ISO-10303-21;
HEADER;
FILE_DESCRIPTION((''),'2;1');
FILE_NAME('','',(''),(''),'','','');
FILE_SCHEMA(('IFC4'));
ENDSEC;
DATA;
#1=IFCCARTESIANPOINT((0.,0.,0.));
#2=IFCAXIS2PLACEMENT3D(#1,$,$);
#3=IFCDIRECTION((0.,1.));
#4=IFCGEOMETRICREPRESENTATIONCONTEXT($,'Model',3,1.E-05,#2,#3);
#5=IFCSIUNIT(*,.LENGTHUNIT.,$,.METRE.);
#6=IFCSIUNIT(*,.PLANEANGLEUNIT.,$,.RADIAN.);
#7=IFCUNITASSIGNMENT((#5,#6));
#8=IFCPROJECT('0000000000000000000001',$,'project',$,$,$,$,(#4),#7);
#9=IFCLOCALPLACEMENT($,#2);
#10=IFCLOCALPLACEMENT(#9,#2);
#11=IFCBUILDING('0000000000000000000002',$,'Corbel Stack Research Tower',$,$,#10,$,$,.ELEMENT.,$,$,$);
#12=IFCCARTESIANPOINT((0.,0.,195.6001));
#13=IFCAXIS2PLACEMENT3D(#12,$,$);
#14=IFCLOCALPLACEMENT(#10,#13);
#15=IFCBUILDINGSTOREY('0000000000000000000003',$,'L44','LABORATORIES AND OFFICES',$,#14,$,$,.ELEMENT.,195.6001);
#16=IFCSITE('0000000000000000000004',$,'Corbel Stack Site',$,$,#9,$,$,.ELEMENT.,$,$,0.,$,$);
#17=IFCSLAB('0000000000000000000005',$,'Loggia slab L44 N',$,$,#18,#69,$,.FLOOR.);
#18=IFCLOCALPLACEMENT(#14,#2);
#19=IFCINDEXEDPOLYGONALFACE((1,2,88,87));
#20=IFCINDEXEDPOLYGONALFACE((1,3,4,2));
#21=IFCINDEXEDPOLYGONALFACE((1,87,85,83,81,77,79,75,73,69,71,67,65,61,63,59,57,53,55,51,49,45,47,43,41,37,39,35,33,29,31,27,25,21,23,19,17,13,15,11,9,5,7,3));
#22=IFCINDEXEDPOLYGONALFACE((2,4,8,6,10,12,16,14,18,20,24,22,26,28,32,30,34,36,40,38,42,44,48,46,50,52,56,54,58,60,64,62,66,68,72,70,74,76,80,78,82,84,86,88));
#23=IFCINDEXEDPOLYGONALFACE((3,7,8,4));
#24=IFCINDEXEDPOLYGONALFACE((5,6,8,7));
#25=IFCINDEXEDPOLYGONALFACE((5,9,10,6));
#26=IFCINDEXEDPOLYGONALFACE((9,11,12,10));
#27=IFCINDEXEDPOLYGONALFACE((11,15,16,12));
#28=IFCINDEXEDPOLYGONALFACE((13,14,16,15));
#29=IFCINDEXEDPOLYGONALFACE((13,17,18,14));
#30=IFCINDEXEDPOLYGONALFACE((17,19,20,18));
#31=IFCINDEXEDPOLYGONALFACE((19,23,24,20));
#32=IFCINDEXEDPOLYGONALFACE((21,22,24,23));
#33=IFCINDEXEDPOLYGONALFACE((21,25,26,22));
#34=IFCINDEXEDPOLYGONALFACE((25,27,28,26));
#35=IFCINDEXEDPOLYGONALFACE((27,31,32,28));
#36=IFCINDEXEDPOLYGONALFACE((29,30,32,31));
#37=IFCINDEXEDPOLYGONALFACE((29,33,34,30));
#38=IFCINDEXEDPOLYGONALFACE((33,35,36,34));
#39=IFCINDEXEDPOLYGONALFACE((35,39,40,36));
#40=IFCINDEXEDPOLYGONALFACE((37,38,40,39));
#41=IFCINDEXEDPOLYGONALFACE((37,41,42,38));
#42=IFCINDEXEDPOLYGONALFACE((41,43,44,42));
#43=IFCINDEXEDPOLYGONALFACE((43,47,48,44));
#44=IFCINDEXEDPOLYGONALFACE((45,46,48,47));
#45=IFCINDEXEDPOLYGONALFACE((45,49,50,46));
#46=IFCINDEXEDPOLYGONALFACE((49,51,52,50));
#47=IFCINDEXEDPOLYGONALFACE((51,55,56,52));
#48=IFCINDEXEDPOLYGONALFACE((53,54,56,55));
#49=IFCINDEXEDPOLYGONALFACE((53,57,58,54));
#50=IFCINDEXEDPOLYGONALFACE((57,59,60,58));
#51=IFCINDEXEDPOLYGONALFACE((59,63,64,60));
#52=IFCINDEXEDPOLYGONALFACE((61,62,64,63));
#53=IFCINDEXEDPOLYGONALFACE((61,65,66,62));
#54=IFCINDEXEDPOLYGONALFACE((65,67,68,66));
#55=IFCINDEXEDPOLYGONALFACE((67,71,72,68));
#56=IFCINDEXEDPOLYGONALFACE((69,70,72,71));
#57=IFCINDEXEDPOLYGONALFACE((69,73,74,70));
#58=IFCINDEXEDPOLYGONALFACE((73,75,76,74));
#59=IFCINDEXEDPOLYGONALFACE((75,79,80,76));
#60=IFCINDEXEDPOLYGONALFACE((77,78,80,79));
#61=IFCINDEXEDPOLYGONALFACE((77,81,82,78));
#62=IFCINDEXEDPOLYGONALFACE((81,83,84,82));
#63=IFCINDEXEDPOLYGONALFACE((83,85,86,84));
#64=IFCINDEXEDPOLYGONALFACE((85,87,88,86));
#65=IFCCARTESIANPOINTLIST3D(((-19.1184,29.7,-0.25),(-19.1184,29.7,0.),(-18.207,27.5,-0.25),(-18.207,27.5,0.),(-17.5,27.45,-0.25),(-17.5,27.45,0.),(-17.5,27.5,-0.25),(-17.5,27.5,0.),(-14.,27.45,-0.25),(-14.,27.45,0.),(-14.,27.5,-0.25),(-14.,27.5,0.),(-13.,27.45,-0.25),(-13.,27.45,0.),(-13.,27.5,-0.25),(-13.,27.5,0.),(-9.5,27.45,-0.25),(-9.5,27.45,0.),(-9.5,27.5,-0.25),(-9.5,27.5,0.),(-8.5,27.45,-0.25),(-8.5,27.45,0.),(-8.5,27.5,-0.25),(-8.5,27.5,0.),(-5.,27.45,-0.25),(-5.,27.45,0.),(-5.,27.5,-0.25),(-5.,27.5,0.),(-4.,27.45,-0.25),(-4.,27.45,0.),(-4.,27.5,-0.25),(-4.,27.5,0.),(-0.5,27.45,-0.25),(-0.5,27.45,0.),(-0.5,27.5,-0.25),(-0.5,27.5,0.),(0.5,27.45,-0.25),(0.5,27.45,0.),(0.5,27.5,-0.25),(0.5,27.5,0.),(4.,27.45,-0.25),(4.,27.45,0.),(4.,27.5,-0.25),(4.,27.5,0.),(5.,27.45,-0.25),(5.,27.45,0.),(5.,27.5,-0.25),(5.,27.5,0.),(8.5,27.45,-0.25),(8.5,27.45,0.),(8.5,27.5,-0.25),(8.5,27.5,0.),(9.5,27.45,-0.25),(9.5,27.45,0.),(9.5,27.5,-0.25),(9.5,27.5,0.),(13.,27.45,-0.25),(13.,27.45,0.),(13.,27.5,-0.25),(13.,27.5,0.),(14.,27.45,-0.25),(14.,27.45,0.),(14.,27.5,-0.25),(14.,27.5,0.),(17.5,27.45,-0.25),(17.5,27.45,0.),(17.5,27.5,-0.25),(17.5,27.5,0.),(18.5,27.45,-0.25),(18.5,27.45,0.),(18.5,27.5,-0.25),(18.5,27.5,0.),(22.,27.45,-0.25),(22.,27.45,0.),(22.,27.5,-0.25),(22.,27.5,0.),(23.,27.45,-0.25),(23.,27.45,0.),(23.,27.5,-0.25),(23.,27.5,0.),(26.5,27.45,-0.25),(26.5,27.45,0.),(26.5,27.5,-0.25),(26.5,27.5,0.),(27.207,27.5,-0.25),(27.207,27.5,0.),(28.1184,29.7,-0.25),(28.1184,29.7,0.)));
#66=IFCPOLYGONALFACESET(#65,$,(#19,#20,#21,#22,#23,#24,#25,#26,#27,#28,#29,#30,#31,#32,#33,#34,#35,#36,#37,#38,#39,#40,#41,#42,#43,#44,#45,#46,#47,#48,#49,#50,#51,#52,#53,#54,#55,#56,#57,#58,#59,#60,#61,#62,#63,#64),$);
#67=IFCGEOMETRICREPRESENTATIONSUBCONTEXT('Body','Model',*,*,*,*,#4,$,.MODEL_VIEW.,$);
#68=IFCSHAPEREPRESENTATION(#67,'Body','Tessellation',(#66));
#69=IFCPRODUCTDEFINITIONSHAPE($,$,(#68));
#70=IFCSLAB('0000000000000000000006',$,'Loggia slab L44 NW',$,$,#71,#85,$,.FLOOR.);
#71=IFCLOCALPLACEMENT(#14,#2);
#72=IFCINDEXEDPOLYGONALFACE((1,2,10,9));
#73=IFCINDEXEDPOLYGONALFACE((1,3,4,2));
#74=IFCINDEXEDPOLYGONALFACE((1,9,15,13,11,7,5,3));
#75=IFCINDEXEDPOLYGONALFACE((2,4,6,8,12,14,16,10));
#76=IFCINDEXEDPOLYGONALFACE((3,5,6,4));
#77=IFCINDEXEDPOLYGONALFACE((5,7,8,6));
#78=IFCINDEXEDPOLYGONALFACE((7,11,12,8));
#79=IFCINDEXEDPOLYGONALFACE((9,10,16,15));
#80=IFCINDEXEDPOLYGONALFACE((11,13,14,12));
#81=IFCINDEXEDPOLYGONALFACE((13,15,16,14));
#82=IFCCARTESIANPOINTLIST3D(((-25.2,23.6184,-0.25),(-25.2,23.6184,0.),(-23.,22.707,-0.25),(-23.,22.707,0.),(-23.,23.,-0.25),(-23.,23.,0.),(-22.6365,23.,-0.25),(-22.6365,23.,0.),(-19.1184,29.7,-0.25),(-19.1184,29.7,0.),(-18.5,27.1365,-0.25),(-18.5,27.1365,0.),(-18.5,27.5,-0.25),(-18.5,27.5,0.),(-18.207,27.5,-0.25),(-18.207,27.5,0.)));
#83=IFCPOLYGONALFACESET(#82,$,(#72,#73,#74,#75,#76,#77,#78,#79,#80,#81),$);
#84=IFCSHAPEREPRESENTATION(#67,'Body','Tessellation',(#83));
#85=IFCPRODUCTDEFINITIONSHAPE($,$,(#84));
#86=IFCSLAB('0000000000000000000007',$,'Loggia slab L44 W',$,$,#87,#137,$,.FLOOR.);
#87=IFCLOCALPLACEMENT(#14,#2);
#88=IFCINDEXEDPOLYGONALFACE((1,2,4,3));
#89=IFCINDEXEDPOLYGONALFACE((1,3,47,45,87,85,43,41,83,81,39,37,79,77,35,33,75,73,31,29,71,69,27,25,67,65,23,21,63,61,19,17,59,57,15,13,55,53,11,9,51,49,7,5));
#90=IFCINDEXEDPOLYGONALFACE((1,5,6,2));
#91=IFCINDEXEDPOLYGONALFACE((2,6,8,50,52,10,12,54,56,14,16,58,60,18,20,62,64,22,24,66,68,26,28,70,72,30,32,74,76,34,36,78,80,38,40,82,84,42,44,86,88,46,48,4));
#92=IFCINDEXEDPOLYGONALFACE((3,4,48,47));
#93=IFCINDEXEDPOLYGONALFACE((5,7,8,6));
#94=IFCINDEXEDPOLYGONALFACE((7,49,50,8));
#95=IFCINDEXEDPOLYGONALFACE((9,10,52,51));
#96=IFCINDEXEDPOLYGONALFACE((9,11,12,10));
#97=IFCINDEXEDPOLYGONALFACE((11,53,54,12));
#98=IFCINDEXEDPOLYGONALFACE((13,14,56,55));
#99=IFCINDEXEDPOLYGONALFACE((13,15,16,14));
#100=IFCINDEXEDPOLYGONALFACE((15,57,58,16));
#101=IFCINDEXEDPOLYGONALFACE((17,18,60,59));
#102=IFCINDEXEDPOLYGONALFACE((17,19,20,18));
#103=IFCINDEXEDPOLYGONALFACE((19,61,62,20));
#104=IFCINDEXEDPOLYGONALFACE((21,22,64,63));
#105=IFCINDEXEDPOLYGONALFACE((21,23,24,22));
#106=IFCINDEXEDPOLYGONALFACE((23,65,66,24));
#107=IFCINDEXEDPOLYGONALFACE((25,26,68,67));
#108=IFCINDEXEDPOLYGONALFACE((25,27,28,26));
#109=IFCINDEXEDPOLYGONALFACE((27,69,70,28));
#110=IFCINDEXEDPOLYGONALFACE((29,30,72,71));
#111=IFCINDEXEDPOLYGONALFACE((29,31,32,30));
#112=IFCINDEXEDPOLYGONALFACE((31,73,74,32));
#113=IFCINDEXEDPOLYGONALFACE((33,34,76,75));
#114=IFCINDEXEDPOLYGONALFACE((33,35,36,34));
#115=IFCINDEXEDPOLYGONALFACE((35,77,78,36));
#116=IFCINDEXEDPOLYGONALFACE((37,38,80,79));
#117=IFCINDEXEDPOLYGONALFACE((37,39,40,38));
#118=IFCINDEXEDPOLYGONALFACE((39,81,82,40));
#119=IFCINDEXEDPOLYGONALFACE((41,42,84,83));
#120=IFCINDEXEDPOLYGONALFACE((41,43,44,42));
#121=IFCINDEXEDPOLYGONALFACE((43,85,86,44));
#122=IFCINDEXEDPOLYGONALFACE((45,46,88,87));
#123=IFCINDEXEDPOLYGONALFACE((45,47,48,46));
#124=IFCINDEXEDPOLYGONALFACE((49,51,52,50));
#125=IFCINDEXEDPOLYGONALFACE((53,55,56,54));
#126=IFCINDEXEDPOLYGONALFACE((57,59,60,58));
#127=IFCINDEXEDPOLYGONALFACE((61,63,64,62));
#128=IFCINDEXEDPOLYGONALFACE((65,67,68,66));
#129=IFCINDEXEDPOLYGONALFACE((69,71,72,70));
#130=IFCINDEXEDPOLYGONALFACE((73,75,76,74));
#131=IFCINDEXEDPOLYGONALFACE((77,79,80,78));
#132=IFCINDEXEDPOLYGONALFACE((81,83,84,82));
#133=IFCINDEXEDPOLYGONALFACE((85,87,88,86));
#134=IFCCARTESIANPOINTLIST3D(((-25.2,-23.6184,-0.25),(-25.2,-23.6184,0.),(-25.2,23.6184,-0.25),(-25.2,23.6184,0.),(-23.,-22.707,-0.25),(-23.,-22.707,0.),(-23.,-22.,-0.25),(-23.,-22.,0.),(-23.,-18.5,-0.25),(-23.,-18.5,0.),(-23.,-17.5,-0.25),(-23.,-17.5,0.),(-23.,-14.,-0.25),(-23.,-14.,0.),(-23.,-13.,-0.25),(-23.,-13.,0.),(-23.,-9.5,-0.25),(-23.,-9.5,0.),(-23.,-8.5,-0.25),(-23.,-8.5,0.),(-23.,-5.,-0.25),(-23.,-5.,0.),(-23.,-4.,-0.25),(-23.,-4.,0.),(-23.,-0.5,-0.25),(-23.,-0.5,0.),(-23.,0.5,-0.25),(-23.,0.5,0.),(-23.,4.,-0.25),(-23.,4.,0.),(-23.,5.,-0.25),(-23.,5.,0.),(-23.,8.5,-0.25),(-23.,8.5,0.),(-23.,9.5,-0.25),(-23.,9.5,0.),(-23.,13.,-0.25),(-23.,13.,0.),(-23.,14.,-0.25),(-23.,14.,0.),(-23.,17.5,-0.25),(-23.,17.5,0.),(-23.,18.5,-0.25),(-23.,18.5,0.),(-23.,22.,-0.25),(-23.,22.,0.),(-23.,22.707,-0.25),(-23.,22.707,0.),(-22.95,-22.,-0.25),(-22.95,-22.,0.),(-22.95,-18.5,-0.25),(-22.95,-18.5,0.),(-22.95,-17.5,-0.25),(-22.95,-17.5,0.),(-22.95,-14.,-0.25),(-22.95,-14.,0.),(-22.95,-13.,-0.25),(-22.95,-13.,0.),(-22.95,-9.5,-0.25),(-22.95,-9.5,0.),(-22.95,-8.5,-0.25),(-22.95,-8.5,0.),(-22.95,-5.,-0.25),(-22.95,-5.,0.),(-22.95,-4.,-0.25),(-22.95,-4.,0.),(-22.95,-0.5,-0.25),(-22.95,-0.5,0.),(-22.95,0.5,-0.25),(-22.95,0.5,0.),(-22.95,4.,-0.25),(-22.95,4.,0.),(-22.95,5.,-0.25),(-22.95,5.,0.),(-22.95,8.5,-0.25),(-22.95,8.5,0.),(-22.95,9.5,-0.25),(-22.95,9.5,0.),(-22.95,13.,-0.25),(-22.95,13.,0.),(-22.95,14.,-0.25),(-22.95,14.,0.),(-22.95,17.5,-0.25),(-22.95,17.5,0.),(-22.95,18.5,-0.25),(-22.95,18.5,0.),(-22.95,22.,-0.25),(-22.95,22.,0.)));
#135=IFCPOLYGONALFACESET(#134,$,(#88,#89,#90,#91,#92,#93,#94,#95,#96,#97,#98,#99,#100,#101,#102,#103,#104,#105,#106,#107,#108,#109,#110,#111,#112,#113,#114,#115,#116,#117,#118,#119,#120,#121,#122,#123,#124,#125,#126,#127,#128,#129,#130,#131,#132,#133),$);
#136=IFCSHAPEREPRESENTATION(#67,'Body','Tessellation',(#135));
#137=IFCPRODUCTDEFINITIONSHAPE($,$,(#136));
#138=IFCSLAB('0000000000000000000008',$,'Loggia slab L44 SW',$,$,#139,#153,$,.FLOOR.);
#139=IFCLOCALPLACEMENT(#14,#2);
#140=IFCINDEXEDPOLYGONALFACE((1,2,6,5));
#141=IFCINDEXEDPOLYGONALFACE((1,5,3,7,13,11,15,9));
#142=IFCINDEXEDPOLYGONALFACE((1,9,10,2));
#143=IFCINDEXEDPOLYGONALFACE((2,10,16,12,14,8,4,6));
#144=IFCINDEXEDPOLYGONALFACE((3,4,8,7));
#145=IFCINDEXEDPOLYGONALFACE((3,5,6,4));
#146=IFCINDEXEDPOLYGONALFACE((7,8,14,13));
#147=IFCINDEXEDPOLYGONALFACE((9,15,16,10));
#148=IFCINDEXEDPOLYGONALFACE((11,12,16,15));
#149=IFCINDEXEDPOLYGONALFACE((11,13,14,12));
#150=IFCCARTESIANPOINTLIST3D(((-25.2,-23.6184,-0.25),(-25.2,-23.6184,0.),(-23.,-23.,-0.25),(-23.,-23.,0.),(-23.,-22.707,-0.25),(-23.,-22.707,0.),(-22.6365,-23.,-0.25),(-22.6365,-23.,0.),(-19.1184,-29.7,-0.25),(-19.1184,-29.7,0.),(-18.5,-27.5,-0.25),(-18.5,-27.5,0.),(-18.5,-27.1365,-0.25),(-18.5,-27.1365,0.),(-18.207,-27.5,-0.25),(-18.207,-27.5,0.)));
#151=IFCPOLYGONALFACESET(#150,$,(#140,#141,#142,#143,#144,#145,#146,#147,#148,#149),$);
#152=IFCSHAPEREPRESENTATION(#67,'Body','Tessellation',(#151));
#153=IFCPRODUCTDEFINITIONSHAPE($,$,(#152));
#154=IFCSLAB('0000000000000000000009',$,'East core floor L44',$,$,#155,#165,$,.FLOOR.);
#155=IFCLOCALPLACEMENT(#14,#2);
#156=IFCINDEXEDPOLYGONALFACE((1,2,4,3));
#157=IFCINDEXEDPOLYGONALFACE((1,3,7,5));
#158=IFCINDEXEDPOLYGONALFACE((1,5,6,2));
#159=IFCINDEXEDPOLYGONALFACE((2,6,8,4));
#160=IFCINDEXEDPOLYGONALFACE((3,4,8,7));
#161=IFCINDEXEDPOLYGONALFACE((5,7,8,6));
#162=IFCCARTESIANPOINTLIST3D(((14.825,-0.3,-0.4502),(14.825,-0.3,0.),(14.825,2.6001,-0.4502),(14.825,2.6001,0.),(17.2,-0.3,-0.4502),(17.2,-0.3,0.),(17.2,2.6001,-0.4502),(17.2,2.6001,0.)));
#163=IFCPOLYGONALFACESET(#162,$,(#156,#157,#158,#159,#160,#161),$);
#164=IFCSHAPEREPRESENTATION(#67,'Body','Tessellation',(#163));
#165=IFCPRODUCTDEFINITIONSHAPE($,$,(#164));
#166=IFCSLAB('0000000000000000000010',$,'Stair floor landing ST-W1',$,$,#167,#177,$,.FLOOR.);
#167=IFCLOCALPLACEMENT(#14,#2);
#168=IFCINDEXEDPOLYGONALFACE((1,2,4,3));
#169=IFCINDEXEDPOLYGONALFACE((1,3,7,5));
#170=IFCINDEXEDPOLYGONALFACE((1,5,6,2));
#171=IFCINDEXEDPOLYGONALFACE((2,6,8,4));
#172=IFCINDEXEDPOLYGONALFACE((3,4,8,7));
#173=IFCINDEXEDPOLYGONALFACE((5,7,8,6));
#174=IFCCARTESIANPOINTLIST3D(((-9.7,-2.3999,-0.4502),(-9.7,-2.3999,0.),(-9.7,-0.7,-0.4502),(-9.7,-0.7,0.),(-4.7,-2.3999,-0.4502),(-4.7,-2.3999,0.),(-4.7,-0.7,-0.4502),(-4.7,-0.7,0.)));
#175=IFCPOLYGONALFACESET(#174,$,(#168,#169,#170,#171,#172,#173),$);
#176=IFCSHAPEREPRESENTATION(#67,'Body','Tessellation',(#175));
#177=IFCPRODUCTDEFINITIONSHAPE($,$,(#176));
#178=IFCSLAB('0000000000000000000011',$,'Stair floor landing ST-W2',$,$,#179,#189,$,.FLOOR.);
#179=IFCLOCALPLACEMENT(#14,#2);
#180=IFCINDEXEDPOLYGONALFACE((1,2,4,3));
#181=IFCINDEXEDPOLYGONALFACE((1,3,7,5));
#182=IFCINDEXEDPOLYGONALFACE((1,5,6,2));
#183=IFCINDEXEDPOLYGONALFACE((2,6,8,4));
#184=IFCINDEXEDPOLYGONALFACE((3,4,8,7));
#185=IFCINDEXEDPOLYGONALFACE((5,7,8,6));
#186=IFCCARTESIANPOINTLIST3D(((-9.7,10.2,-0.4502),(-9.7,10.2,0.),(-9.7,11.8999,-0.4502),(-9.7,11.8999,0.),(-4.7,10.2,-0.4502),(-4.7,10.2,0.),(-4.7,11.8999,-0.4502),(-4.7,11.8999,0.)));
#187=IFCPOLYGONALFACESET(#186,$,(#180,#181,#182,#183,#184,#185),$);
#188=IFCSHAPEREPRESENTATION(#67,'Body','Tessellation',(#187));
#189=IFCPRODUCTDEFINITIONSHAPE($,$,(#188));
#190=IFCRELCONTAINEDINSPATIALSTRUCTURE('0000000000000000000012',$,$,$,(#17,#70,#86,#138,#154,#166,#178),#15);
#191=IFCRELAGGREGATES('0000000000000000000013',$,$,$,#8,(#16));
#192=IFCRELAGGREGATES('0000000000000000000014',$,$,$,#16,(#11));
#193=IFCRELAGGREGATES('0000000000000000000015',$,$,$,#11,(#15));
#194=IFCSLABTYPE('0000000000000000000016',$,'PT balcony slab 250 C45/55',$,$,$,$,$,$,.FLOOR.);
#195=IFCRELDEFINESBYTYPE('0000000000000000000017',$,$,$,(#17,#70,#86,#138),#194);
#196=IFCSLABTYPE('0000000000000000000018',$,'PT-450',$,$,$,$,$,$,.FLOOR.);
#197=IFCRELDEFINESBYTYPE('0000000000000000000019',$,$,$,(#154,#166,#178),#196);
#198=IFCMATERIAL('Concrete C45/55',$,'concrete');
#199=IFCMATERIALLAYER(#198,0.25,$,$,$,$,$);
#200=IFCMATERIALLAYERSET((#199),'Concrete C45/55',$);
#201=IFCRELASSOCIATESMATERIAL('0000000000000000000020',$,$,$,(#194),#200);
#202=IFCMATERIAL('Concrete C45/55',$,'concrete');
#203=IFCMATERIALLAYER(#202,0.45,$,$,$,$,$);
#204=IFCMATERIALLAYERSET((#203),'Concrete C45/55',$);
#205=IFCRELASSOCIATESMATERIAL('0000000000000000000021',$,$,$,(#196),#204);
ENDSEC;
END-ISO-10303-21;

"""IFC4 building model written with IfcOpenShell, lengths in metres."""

from ifc_helpers import new_model, si_unit, direction, frame, origin, place, context, subcontext, project, spatial, polyline, outline, extrude, material, layer, layer_set, type_object, element, save


model = new_model("IFC4")

# Units and contexts
model_context = context("Model", 3, precision=1e-05, world=origin(), true_north=direction((0.0, 1.0)))
body_context = subcontext(model_context, "Body", "Model", "MODEL_VIEW")
ifc_project = project(units=[si_unit("LENGTHUNIT", "METRE"), si_unit("PLANEANGLEUNIT", "RADIAN")], contexts=[model_context])

# Site, building, storey
site_placement = place(None, origin())
site = spatial("IfcSite", under=ifc_project, at=site_placement, Name="Corbel Stack Site", CompositionType="ELEMENT", RefElevation=0.0)
building_placement = place(site_placement, origin())
building = spatial("IfcBuilding", under=site, at=building_placement, Name="Corbel Stack Research Tower", CompositionType="ELEMENT")
storey_placement = place(building_placement, frame((0.0, 0.0, 195.6001)))
storey = spatial("IfcBuildingStorey", under=building, at=storey_placement, Name="L44", Description="LABORATORIES AND OFFICES", CompositionType="ELEMENT", Elevation=195.6001)

# Slabs
ifc_material_1 = material(Name="Concrete C45/55", Category="concrete")
ifc_layer_1 = layer(ifc_material_1, 0.25)
ifc_layer_set_1 = layer_set([ifc_layer_1], Name="Concrete C45/55")
slab_type_1 = type_object("IfcSlabType", Name="PT balcony slab 250 C45/55", PredefinedType="FLOOR", material=ifc_layer_set_1)
slab_1_placement = place(storey_placement, frame((0.0, 0.0, -0.25)))
element("IfcSlab", 1, at=slab_1_placement, inside=storey, type_object=slab_type_1, Name="Loggia slab L44 N", PredefinedType="FLOOR", context=body_context, shape_type="SweptSolid", body=[
    extrude(outline(polyline([(-18.207, 27.5), (-17.5, 27.5), (-17.5, 27.45), (-14.0, 27.45), (-14.0, 27.5), (-13.0, 27.5), (-13.0, 27.45), (-9.5, 27.45), (-9.5, 27.5), (-8.5, 27.5), (-8.5, 27.45), (-5.0, 27.45), (-5.0, 27.5), (-4.0, 27.5), (-4.0, 27.45), (-0.5, 27.45), (-0.5, 27.5), (0.5, 27.5), (0.5, 27.45), (4.0, 27.45), (4.0, 27.5), (5.0, 27.5), (5.0, 27.45), (8.5, 27.45), (8.5, 27.5), (9.5, 27.5), (9.5, 27.45), (13.0, 27.45), (13.0, 27.5), (14.0, 27.5), (14.0, 27.45), (17.5, 27.45), (17.5, 27.5), (18.5, 27.5), (18.5, 27.45), (22.0, 27.45), (22.0, 27.5), (23.0, 27.5), (23.0, 27.45), (26.5, 27.45), (26.5, 27.5), (27.207, 27.5), (28.1184, 29.7), (-19.1184, 29.7), (-18.207, 27.5)])), origin(), (0.0, 0.0, 1.0), 0.25),
])
slab_2_placement = place(storey_placement, frame((0.0, 0.0, -0.25)))
element("IfcSlab", 2, at=slab_2_placement, inside=storey, type_object=slab_type_1, Name="Loggia slab L44 NW", PredefinedType="FLOOR", context=body_context, shape_type="SweptSolid", body=[
    extrude(outline(polyline([(-23.0, 22.707), (-23.0, 23.0), (-22.6365, 23.0), (-18.5, 27.1365), (-18.5, 27.5), (-18.207, 27.5), (-19.1184, 29.7), (-25.2, 23.6184), (-23.0, 22.707)])), origin(), (0.0, 0.0, 1.0), 0.25),
])
slab_3_placement = place(storey_placement, frame((0.0, 0.0, -0.25)))
element("IfcSlab", 3, at=slab_3_placement, inside=storey, type_object=slab_type_1, Name="Loggia slab L44 W", PredefinedType="FLOOR", context=body_context, shape_type="SweptSolid", body=[
    extrude(outline(polyline([(-23.0, -22.707), (-23.0, -22.0), (-22.95, -22.0), (-22.95, -18.5), (-23.0, -18.5), (-23.0, -17.5), (-22.95, -17.5), (-22.95, -14.0), (-23.0, -14.0), (-23.0, -13.0), (-22.95, -13.0), (-22.95, -9.5), (-23.0, -9.5), (-23.0, -8.5), (-22.95, -8.5), (-22.95, -5.0), (-23.0, -5.0), (-23.0, -4.0), (-22.95, -4.0), (-22.95, -0.5), (-23.0, -0.5), (-23.0, 0.5), (-22.95, 0.5), (-22.95, 4.0), (-23.0, 4.0), (-23.0, 5.0), (-22.95, 5.0), (-22.95, 8.5), (-23.0, 8.5), (-23.0, 9.5), (-22.95, 9.5), (-22.95, 13.0), (-23.0, 13.0), (-23.0, 14.0), (-22.95, 14.0), (-22.95, 17.5), (-23.0, 17.5), (-23.0, 18.5), (-22.95, 18.5), (-22.95, 22.0), (-23.0, 22.0), (-23.0, 22.707), (-25.2, 23.6184), (-25.2, -23.6184), (-23.0, -22.707)])), origin(), (0.0, 0.0, 1.0), 0.25),
])
slab_4_placement = place(storey_placement, frame((0.0, 0.0, -0.25)))
element("IfcSlab", 4, at=slab_4_placement, inside=storey, type_object=slab_type_1, Name="Loggia slab L44 SW", PredefinedType="FLOOR", context=body_context, shape_type="SweptSolid", body=[
    extrude(outline(polyline([(-18.207, -27.5), (-18.5, -27.5), (-18.5, -27.1365), (-22.6365, -23.0), (-23.0, -23.0), (-23.0, -22.707), (-25.2, -23.6184), (-19.1184, -29.7), (-18.207, -27.5)])), origin(), (0.0, 0.0, 1.0), 0.25),
])
ifc_material_2 = material(Name="Concrete C45/55", Category="concrete")
ifc_layer_2 = layer(ifc_material_2, 0.45)
ifc_layer_set_2 = layer_set([ifc_layer_2], Name="Concrete C45/55")
slab_type_2 = type_object("IfcSlabType", Name="PT-450", PredefinedType="FLOOR", material=ifc_layer_set_2)
slab_5_placement = place(storey_placement, frame((0.0, 0.0, -0.4502)))
element("IfcSlab", 5, at=slab_5_placement, inside=storey, type_object=slab_type_2, Name="East core floor L44", PredefinedType="FLOOR", context=body_context, shape_type="SweptSolid", body=[
    extrude(outline(polyline([(17.2, -0.3), (17.2, 2.6001), (14.825, 2.6001), (14.825, -0.3), (17.2, -0.3)])), origin(), (0.0, 0.0, 1.0), 0.4502),
])
slab_6_placement = place(storey_placement, frame((0.0, 0.0, -0.4502)))
element("IfcSlab", 6, at=slab_6_placement, inside=storey, type_object=slab_type_2, Name="Stair floor landing ST-W1", PredefinedType="FLOOR", context=body_context, shape_type="SweptSolid", body=[
    extrude(outline(polyline([(-9.7, -2.3999), (-4.7, -2.3999), (-4.7, -0.7), (-9.7, -0.7), (-9.7, -2.3999)])), origin(), (0.0, 0.0, 1.0), 0.4502),
])
slab_7_placement = place(storey_placement, frame((0.0, 0.0, -0.4502)))
element("IfcSlab", 7, at=slab_7_placement, inside=storey, type_object=slab_type_2, Name="Stair floor landing ST-W2", PredefinedType="FLOOR", context=body_context, shape_type="SweptSolid", body=[
    extrude(outline(polyline([(-9.7, 10.2), (-4.7, 10.2), (-4.7, 11.8999), (-9.7, 11.8999), (-9.7, 10.2)])), origin(), (0.0, 0.0, 1.0), 0.4502),
])

save(model, "model.ifc")
